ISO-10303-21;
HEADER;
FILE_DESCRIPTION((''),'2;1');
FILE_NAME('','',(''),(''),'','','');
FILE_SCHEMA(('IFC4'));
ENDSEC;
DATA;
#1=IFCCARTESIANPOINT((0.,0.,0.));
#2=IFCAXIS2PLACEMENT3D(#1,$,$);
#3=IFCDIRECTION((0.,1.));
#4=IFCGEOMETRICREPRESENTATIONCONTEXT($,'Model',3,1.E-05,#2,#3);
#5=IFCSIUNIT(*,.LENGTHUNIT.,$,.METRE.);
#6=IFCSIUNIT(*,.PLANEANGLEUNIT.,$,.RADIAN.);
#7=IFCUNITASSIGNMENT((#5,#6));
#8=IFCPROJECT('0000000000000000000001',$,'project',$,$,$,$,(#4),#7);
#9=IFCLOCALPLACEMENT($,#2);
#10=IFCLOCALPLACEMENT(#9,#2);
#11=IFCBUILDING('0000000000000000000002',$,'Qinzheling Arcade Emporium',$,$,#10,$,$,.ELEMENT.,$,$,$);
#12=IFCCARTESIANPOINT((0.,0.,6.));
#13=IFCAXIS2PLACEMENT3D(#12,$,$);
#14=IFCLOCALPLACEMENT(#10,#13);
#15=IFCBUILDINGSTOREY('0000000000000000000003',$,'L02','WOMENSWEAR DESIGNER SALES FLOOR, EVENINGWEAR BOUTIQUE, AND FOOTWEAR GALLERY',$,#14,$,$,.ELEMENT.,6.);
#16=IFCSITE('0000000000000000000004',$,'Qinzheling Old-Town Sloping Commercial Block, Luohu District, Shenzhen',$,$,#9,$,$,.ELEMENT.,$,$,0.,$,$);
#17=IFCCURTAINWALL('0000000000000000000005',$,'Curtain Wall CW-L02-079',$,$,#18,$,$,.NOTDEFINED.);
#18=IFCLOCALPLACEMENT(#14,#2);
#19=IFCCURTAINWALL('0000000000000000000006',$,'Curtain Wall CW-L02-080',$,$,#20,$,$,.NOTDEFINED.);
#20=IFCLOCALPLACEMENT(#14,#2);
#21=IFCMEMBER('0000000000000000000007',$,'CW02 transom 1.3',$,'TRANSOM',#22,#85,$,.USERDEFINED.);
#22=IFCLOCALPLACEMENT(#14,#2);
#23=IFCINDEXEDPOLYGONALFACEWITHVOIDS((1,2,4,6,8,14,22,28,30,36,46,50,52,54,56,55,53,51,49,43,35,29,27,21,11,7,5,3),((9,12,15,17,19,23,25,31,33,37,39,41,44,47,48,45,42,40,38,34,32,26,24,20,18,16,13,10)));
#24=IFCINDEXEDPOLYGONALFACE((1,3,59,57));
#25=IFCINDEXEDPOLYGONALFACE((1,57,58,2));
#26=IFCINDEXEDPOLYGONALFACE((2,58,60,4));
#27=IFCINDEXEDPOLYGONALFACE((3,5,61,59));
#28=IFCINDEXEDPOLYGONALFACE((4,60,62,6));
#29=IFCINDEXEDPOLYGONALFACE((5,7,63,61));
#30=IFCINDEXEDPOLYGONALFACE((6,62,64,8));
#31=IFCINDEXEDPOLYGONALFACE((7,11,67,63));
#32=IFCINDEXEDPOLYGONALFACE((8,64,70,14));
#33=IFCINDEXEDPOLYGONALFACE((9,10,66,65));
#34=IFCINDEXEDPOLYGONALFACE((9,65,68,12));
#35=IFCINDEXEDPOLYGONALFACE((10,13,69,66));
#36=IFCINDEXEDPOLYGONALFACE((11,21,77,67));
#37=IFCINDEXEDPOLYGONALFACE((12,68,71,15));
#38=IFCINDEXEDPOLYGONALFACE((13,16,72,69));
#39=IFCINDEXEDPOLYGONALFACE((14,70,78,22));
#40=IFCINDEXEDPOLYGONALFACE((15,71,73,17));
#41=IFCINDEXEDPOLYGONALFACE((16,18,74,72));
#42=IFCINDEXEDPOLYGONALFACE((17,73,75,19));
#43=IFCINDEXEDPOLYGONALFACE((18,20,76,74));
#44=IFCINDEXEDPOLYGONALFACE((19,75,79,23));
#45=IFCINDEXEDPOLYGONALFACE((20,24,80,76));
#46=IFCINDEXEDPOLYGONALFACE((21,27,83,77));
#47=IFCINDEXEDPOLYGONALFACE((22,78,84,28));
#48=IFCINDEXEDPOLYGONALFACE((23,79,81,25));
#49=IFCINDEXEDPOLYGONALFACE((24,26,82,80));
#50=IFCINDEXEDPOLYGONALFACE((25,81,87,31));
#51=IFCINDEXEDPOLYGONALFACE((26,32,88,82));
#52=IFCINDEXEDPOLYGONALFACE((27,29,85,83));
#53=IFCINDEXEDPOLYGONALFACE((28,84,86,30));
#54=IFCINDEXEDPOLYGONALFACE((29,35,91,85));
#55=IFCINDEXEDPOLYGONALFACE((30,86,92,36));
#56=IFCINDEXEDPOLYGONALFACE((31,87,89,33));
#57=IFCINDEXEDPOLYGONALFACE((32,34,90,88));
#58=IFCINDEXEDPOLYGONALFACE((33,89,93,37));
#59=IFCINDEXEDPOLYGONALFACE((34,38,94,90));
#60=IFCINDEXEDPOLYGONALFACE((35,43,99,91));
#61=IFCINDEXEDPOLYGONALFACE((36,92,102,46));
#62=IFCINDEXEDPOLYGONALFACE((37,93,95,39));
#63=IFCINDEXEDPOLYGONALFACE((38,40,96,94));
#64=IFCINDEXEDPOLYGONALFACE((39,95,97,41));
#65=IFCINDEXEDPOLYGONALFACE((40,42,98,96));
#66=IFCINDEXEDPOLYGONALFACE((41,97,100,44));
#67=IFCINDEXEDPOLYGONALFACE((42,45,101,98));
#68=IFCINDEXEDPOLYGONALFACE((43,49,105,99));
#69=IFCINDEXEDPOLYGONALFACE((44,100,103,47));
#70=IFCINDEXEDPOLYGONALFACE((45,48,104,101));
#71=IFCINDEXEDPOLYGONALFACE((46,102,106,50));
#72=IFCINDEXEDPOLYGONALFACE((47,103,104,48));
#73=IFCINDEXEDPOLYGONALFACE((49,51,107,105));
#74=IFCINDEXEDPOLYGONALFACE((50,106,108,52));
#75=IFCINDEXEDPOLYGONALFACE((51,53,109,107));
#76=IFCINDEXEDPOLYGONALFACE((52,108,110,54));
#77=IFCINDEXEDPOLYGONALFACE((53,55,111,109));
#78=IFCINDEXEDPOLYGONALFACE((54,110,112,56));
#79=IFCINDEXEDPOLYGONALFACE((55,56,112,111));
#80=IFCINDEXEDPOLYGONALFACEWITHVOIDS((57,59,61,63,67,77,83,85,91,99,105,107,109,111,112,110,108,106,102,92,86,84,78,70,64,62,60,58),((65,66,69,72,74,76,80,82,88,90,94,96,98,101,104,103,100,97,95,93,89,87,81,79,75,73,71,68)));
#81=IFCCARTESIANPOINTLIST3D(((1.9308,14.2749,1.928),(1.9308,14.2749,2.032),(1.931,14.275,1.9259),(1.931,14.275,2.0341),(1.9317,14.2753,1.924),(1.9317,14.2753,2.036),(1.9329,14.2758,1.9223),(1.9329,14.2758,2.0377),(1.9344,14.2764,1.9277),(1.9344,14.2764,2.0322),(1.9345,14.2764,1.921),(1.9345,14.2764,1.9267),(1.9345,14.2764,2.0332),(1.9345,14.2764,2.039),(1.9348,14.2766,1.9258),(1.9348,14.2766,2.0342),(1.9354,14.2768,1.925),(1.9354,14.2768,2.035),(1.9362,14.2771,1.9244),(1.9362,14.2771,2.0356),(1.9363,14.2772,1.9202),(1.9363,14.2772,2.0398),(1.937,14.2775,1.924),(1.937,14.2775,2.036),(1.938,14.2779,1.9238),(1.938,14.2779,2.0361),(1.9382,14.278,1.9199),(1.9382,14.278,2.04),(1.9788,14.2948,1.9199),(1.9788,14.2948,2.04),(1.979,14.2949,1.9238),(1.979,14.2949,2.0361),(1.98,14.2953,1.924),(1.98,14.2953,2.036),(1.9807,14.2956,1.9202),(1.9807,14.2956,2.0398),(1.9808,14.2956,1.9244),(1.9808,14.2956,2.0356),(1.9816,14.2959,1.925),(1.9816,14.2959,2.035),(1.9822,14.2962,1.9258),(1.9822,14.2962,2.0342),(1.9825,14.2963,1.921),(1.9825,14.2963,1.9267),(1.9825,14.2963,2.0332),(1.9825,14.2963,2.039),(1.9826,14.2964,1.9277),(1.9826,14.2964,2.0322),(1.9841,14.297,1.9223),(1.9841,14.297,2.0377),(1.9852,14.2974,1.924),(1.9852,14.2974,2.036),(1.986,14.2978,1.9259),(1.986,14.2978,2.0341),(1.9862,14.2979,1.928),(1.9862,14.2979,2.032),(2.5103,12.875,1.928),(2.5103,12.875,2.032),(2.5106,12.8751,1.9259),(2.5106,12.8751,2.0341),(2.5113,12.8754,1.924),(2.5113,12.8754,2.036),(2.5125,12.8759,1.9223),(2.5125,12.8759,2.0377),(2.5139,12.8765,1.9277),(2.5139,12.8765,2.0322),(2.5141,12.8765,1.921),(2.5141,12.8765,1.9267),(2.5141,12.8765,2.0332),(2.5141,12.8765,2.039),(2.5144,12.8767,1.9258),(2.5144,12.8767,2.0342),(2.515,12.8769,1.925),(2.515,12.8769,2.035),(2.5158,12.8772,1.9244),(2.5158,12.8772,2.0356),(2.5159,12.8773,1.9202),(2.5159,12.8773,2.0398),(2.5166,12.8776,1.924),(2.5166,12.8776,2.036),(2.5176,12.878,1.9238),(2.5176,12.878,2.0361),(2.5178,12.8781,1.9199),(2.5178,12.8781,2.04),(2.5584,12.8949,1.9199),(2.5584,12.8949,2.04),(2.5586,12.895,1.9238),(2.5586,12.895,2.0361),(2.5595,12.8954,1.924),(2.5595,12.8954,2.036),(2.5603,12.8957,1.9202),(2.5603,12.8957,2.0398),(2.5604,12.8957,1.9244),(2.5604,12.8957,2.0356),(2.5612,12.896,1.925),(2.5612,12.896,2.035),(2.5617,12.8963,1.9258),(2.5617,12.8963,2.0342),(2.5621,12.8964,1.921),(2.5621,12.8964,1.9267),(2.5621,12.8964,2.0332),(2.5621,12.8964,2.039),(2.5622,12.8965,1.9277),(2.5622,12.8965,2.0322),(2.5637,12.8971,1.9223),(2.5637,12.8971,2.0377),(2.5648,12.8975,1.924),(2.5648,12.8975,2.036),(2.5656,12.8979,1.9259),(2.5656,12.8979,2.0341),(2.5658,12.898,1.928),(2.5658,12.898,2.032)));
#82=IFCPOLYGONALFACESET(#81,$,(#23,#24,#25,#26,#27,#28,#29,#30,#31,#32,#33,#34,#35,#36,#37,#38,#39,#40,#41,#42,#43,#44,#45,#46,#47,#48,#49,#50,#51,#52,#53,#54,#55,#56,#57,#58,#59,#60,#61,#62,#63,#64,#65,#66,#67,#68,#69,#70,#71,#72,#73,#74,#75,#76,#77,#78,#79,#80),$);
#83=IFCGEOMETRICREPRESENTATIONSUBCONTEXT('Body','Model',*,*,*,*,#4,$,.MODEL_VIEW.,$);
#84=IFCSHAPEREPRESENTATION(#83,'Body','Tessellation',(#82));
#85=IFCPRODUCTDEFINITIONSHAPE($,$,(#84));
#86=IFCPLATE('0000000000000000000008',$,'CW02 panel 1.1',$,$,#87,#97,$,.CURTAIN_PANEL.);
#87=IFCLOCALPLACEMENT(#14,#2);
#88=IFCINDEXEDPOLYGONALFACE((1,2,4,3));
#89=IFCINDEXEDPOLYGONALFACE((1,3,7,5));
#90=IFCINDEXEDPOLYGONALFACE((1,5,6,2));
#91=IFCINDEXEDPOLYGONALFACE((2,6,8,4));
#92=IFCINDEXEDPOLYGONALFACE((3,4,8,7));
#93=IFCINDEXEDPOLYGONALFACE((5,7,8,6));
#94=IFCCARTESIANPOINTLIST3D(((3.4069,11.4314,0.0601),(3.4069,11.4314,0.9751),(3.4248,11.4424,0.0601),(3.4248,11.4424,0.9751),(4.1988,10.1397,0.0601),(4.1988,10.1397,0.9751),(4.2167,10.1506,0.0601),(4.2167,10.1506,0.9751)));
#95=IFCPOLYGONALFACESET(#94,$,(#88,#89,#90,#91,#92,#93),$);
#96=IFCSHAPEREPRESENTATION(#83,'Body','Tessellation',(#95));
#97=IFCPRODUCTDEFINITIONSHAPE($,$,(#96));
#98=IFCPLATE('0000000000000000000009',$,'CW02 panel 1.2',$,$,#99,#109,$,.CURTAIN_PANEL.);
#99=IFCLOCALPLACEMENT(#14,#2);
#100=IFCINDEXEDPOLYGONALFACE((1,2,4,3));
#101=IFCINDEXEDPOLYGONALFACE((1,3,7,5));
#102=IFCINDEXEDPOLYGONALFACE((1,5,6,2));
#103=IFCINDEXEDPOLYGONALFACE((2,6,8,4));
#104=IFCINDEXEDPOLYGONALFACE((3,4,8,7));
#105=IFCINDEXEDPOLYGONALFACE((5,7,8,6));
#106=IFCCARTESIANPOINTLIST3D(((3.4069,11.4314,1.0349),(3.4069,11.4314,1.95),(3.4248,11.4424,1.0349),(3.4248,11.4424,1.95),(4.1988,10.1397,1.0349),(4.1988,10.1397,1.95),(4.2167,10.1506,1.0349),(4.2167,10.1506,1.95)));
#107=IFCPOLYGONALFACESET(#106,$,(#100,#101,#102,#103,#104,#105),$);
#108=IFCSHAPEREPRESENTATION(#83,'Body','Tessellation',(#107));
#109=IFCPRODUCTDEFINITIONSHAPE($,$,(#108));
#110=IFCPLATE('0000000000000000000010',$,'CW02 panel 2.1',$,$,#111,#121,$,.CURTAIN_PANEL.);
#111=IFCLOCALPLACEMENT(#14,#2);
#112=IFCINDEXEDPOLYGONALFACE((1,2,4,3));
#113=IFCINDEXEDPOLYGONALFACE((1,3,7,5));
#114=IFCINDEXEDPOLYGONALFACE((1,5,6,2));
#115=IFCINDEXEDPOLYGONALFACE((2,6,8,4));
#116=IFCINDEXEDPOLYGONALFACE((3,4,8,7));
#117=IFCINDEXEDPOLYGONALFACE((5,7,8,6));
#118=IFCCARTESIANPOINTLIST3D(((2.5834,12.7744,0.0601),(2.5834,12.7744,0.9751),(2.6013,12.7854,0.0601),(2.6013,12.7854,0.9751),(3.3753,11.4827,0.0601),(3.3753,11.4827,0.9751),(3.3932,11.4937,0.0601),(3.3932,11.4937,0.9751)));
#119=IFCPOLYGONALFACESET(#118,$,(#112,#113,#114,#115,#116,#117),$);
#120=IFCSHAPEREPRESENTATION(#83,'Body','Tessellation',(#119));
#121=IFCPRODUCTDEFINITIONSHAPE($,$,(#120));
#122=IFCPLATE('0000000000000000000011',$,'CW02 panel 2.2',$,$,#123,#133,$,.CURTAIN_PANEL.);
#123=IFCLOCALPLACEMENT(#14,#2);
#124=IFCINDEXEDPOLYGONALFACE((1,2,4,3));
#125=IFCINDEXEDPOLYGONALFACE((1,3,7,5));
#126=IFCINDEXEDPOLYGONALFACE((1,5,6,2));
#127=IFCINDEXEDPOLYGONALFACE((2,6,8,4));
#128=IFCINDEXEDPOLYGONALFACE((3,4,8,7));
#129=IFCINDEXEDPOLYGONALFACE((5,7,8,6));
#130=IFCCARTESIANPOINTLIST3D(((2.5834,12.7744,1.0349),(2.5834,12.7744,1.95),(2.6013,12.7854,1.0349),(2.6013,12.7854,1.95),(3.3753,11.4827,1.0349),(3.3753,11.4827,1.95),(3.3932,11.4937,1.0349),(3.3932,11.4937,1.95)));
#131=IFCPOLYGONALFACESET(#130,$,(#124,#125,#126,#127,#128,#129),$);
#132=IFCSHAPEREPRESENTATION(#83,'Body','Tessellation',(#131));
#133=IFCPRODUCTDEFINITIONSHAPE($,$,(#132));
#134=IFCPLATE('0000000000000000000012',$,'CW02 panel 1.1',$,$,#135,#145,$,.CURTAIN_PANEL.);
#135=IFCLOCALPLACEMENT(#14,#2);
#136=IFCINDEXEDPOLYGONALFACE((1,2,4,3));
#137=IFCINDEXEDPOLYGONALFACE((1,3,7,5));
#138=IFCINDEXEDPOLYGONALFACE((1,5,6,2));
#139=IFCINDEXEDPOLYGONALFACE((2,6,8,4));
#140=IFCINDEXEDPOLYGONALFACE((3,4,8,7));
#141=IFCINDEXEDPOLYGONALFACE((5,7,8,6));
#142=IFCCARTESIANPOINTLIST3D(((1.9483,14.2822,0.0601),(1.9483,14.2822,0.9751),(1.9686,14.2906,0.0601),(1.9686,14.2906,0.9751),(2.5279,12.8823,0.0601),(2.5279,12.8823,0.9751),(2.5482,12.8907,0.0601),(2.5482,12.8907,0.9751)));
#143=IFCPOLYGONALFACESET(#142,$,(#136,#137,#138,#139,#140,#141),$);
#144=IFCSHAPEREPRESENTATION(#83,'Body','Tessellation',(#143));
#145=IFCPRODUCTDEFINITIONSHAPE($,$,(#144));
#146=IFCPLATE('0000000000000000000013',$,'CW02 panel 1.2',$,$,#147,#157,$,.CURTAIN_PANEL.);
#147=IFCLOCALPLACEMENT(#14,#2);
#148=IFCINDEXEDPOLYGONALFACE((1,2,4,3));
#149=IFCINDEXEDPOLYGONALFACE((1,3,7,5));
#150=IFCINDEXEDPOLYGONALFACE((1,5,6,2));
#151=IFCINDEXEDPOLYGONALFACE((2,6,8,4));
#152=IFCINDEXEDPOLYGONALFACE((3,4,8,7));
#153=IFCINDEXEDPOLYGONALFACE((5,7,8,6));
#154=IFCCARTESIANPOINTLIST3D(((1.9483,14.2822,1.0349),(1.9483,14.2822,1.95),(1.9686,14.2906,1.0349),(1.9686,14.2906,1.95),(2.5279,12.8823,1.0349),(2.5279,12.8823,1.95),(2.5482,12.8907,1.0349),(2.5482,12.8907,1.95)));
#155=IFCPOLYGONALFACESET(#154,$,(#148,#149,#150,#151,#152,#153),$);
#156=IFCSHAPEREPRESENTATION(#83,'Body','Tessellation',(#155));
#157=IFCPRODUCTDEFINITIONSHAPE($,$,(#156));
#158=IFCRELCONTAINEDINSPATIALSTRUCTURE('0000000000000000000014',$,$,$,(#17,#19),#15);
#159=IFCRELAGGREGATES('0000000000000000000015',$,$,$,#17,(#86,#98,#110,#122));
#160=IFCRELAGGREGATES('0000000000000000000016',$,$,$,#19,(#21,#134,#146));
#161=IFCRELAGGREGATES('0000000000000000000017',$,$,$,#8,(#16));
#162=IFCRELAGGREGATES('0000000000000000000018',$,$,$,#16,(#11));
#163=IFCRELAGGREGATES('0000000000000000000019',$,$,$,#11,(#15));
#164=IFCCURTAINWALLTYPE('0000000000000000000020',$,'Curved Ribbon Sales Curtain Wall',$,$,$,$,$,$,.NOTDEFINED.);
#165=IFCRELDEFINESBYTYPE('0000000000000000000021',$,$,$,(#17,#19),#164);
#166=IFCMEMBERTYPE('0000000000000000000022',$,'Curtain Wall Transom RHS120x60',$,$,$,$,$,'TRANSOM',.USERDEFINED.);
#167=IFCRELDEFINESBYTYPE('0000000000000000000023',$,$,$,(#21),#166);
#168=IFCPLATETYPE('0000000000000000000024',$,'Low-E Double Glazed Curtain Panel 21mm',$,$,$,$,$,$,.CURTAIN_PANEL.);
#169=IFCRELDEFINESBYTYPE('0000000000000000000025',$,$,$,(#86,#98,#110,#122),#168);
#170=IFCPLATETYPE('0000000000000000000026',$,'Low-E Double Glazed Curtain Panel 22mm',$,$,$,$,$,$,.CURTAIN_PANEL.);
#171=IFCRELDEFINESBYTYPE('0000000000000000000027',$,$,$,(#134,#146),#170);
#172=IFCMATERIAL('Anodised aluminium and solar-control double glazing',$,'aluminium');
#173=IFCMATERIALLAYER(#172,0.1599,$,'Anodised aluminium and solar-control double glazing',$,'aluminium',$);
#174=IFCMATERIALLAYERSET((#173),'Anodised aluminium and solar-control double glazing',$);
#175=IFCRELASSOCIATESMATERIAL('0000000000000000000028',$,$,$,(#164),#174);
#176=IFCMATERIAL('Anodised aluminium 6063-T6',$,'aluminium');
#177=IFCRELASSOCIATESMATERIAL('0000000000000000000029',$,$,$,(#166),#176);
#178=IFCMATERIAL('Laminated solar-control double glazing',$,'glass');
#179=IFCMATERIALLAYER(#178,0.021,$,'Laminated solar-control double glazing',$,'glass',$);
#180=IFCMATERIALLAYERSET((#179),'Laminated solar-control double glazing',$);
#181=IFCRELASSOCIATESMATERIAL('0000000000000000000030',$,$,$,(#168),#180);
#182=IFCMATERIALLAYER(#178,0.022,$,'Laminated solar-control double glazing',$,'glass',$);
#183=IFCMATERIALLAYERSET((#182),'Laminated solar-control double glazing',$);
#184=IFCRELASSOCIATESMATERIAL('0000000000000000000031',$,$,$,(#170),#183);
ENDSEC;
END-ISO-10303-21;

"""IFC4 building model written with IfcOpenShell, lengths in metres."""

from ifc_helpers import new_model, si_unit, direction, frame, origin, origin_2d, place, context, subcontext, project, spatial, rectangle, hollow_rectangle, extrude, material, layer, layer_set, material_profile, profile_set, type_object, element, aggregate, save


model = new_model("IFC4")

# Units and contexts
model_context = context("Model", 3, precision=1e-05, world=origin(), true_north=direction((0.0, 1.0)))
body_context = subcontext(model_context, "Body", "Model", "MODEL_VIEW")
ifc_project = project(units=[si_unit("LENGTHUNIT", "METRE"), si_unit("PLANEANGLEUNIT", "RADIAN")], contexts=[model_context])

# Site, building, storey
site_placement = place(None, origin())
site = spatial("IfcSite", under=ifc_project, at=site_placement, Name="Qinzheling Old-Town Sloping Commercial Block, Luohu District, Shenzhen", CompositionType="ELEMENT", RefElevation=0.0)
building_placement = place(site_placement, origin())
building = spatial("IfcBuilding", under=site, at=building_placement, Name="Qinzheling Arcade Emporium", CompositionType="ELEMENT")
storey_placement = place(building_placement, frame((0.0, 0.0, 6.0)))
storey = spatial("IfcBuildingStorey", under=building, at=storey_placement, Name="L02", Description="WOMENSWEAR DESIGNER SALES FLOOR, EVENINGWEAR BOUTIQUE, AND FOOTWEAR GALLERY", CompositionType="ELEMENT", Elevation=6.0)

# Curtain walls
ifc_material_1 = material(Name="Anodised aluminium and solar-control double glazing", Category="aluminium")
ifc_layer_1 = layer(ifc_material_1, 0.1599, Name="Anodised aluminium and solar-control double glazing", Category="aluminium")
ifc_layer_set_1 = layer_set([ifc_layer_1], Name="Anodised aluminium and solar-control double glazing")
curtain_wall_type = type_object("IfcCurtainWallType", Name="Curved Ribbon Sales Curtain Wall", PredefinedType="NOTDEFINED", material=ifc_layer_set_1)
curtain_wall_1_placement = place(storey_placement, origin())
curtain_wall_1 = element("IfcCurtainWall", 1, at=curtain_wall_1_placement, inside=storey, type_object=curtain_wall_type, Name="Curtain Wall CW-L02-079", PredefinedType="NOTDEFINED")
ifc_material_2 = material(Name="Anodised aluminium 6063-T6", Category="aluminium")
curtain_wall_2_placement = place(storey_placement, origin())
curtain_wall_2 = element("IfcCurtainWall", 2, at=curtain_wall_2_placement, inside=storey, type_object=curtain_wall_type, Name="Curtain Wall CW-L02-080", PredefinedType="NOTDEFINED")

# Member
ifc_material_profile_1 = material_profile(ifc_material_2, hollow_rectangle(XDim=0.0601, YDim=0.1201, WallThickness=0.0039, InnerFilletRadius=0.0039, OuterFilletRadius=0.0081, at=origin_2d()), Name="RHS 120x60x4", Category="aluminium")
ifc_profile_set_1 = profile_set([ifc_material_profile_1], Name="Anodised aluminium 6063-T6")
member_type_1 = type_object("IfcMemberType", Name="Curtain Wall Transom RHS120x60", ElementType="TRANSOM", PredefinedType="USERDEFINED", material=ifc_profile_set_1)
member_1_placement = place(storey_placement, frame((2.5381, 12.8865, 1.98), z_axis=(-0.382532, 0.923942, 0.0), x_axis=(-0.923942, -0.382532, 0.0)))
member_1 = element("IfcMember", 3, at=member_1_placement, type_object=member_type_1, Name="CW02 transom 1.3", ObjectType="TRANSOM", PredefinedType="USERDEFINED", context=body_context, shape_type="SweptSolid", body=[
    extrude(hollow_rectangle(XDim=0.0601, YDim=0.1201, WallThickness=0.0039, InnerFilletRadius=0.0039, OuterFilletRadius=0.0081, at=origin_2d()), origin(), (0.0, 0.0, 1.0), 1.5151),
])

# Plates
ifc_material_3 = material(Name="Laminated solar-control double glazing", Category="glass")
ifc_layer_2 = layer(ifc_material_3, 0.021, Name="Laminated solar-control double glazing", Category="glass")
ifc_layer_set_2 = layer_set([ifc_layer_2], Name="Laminated solar-control double glazing")
plate_type_1 = type_object("IfcPlateType", Name="Low-E Double Glazed Curtain Panel 21mm", PredefinedType="CURTAIN_PANEL", material=ifc_layer_set_2)
plate_1_placement = place(storey_placement, frame((3.8118, 10.791, 0.0601), z_axis=(0.0, 0.0, 1.0), x_axis=(-0.522672, 0.852534, 0.0)))
plate_1 = element("IfcPlate", 4, at=plate_1_placement, type_object=plate_type_1, Name="CW02 panel 1.1", PredefinedType="CURTAIN_PANEL", context=body_context, shape_type="SweptSolid", body=[
    extrude(rectangle(XDim=1.5151, YDim=0.021, at=origin_2d()), origin(), (0.0, 0.0, 1.0), 0.915),
])
plate_2_placement = place(storey_placement, frame((3.8118, 10.791, 1.0349), z_axis=(0.0, 0.0, 1.0), x_axis=(-0.522672, 0.852534, 0.0)))
plate_2 = element("IfcPlate", 5, at=plate_2_placement, type_object=plate_type_1, Name="CW02 panel 1.2", PredefinedType="CURTAIN_PANEL", context=body_context, shape_type="SweptSolid", body=[
    extrude(rectangle(XDim=1.5151, YDim=0.021, at=origin_2d()), origin(), (0.0, 0.0, 1.0), 0.915),
])
plate_3_placement = place(storey_placement, frame((2.9883, 12.134, 0.0601), z_axis=(0.0, 0.0, 1.0), x_axis=(-0.522672, 0.852534, 0.0)))
plate_3 = element("IfcPlate", 6, at=plate_3_placement, type_object=plate_type_1, Name="CW02 panel 2.1", PredefinedType="CURTAIN_PANEL", context=body_context, shape_type="SweptSolid", body=[
    extrude(rectangle(XDim=1.5151, YDim=0.021, at=origin_2d()), origin(), (0.0, 0.0, 1.0), 0.915),
])
plate_4_placement = place(storey_placement, frame((2.9883, 12.134, 1.0349), z_axis=(0.0, 0.0, 1.0), x_axis=(-0.522672, 0.852534, 0.0)))
plate_4 = element("IfcPlate", 7, at=plate_4_placement, type_object=plate_type_1, Name="CW02 panel 2.2", PredefinedType="CURTAIN_PANEL", context=body_context, shape_type="SweptSolid", body=[
    extrude(rectangle(XDim=1.5151, YDim=0.021, at=origin_2d()), origin(), (0.0, 0.0, 1.0), 0.915),
])
aggregate(curtain_wall_1, [plate_1, plate_2, plate_3, plate_4])
ifc_layer_3 = layer(ifc_material_3, 0.022, Name="Laminated solar-control double glazing", Category="glass")
ifc_layer_set_3 = layer_set([ifc_layer_3], Name="Laminated solar-control double glazing")
plate_type_2 = type_object("IfcPlateType", Name="Low-E Double Glazed Curtain Panel 22mm", PredefinedType="CURTAIN_PANEL", material=ifc_layer_set_3)
plate_5_placement = place(storey_placement, frame((2.2483, 13.5864, 0.0601), z_axis=(0.0, 0.0, 1.0), x_axis=(-0.382535, 0.923941, 0.0)))
plate_5 = element("IfcPlate", 8, at=plate_5_placement, type_object=plate_type_2, Name="CW02 panel 1.1", PredefinedType="CURTAIN_PANEL", context=body_context, shape_type="SweptSolid", body=[
    extrude(rectangle(XDim=1.5151, YDim=0.022, at=origin_2d()), origin(), (0.0, 0.0, 1.0), 0.915),
])
plate_6_placement = place(storey_placement, frame((2.2483, 13.5864, 1.0349), z_axis=(0.0, 0.0, 1.0), x_axis=(-0.382535, 0.923941, 0.0)))
plate_6 = element("IfcPlate", 9, at=plate_6_placement, type_object=plate_type_2, Name="CW02 panel 1.2", PredefinedType="CURTAIN_PANEL", context=body_context, shape_type="SweptSolid", body=[
    extrude(rectangle(XDim=1.5151, YDim=0.022, at=origin_2d()), origin(), (0.0, 0.0, 1.0), 0.915),
])
aggregate(curtain_wall_2, [member_1, plate_5, plate_6])

save(model, "model.ifc")
